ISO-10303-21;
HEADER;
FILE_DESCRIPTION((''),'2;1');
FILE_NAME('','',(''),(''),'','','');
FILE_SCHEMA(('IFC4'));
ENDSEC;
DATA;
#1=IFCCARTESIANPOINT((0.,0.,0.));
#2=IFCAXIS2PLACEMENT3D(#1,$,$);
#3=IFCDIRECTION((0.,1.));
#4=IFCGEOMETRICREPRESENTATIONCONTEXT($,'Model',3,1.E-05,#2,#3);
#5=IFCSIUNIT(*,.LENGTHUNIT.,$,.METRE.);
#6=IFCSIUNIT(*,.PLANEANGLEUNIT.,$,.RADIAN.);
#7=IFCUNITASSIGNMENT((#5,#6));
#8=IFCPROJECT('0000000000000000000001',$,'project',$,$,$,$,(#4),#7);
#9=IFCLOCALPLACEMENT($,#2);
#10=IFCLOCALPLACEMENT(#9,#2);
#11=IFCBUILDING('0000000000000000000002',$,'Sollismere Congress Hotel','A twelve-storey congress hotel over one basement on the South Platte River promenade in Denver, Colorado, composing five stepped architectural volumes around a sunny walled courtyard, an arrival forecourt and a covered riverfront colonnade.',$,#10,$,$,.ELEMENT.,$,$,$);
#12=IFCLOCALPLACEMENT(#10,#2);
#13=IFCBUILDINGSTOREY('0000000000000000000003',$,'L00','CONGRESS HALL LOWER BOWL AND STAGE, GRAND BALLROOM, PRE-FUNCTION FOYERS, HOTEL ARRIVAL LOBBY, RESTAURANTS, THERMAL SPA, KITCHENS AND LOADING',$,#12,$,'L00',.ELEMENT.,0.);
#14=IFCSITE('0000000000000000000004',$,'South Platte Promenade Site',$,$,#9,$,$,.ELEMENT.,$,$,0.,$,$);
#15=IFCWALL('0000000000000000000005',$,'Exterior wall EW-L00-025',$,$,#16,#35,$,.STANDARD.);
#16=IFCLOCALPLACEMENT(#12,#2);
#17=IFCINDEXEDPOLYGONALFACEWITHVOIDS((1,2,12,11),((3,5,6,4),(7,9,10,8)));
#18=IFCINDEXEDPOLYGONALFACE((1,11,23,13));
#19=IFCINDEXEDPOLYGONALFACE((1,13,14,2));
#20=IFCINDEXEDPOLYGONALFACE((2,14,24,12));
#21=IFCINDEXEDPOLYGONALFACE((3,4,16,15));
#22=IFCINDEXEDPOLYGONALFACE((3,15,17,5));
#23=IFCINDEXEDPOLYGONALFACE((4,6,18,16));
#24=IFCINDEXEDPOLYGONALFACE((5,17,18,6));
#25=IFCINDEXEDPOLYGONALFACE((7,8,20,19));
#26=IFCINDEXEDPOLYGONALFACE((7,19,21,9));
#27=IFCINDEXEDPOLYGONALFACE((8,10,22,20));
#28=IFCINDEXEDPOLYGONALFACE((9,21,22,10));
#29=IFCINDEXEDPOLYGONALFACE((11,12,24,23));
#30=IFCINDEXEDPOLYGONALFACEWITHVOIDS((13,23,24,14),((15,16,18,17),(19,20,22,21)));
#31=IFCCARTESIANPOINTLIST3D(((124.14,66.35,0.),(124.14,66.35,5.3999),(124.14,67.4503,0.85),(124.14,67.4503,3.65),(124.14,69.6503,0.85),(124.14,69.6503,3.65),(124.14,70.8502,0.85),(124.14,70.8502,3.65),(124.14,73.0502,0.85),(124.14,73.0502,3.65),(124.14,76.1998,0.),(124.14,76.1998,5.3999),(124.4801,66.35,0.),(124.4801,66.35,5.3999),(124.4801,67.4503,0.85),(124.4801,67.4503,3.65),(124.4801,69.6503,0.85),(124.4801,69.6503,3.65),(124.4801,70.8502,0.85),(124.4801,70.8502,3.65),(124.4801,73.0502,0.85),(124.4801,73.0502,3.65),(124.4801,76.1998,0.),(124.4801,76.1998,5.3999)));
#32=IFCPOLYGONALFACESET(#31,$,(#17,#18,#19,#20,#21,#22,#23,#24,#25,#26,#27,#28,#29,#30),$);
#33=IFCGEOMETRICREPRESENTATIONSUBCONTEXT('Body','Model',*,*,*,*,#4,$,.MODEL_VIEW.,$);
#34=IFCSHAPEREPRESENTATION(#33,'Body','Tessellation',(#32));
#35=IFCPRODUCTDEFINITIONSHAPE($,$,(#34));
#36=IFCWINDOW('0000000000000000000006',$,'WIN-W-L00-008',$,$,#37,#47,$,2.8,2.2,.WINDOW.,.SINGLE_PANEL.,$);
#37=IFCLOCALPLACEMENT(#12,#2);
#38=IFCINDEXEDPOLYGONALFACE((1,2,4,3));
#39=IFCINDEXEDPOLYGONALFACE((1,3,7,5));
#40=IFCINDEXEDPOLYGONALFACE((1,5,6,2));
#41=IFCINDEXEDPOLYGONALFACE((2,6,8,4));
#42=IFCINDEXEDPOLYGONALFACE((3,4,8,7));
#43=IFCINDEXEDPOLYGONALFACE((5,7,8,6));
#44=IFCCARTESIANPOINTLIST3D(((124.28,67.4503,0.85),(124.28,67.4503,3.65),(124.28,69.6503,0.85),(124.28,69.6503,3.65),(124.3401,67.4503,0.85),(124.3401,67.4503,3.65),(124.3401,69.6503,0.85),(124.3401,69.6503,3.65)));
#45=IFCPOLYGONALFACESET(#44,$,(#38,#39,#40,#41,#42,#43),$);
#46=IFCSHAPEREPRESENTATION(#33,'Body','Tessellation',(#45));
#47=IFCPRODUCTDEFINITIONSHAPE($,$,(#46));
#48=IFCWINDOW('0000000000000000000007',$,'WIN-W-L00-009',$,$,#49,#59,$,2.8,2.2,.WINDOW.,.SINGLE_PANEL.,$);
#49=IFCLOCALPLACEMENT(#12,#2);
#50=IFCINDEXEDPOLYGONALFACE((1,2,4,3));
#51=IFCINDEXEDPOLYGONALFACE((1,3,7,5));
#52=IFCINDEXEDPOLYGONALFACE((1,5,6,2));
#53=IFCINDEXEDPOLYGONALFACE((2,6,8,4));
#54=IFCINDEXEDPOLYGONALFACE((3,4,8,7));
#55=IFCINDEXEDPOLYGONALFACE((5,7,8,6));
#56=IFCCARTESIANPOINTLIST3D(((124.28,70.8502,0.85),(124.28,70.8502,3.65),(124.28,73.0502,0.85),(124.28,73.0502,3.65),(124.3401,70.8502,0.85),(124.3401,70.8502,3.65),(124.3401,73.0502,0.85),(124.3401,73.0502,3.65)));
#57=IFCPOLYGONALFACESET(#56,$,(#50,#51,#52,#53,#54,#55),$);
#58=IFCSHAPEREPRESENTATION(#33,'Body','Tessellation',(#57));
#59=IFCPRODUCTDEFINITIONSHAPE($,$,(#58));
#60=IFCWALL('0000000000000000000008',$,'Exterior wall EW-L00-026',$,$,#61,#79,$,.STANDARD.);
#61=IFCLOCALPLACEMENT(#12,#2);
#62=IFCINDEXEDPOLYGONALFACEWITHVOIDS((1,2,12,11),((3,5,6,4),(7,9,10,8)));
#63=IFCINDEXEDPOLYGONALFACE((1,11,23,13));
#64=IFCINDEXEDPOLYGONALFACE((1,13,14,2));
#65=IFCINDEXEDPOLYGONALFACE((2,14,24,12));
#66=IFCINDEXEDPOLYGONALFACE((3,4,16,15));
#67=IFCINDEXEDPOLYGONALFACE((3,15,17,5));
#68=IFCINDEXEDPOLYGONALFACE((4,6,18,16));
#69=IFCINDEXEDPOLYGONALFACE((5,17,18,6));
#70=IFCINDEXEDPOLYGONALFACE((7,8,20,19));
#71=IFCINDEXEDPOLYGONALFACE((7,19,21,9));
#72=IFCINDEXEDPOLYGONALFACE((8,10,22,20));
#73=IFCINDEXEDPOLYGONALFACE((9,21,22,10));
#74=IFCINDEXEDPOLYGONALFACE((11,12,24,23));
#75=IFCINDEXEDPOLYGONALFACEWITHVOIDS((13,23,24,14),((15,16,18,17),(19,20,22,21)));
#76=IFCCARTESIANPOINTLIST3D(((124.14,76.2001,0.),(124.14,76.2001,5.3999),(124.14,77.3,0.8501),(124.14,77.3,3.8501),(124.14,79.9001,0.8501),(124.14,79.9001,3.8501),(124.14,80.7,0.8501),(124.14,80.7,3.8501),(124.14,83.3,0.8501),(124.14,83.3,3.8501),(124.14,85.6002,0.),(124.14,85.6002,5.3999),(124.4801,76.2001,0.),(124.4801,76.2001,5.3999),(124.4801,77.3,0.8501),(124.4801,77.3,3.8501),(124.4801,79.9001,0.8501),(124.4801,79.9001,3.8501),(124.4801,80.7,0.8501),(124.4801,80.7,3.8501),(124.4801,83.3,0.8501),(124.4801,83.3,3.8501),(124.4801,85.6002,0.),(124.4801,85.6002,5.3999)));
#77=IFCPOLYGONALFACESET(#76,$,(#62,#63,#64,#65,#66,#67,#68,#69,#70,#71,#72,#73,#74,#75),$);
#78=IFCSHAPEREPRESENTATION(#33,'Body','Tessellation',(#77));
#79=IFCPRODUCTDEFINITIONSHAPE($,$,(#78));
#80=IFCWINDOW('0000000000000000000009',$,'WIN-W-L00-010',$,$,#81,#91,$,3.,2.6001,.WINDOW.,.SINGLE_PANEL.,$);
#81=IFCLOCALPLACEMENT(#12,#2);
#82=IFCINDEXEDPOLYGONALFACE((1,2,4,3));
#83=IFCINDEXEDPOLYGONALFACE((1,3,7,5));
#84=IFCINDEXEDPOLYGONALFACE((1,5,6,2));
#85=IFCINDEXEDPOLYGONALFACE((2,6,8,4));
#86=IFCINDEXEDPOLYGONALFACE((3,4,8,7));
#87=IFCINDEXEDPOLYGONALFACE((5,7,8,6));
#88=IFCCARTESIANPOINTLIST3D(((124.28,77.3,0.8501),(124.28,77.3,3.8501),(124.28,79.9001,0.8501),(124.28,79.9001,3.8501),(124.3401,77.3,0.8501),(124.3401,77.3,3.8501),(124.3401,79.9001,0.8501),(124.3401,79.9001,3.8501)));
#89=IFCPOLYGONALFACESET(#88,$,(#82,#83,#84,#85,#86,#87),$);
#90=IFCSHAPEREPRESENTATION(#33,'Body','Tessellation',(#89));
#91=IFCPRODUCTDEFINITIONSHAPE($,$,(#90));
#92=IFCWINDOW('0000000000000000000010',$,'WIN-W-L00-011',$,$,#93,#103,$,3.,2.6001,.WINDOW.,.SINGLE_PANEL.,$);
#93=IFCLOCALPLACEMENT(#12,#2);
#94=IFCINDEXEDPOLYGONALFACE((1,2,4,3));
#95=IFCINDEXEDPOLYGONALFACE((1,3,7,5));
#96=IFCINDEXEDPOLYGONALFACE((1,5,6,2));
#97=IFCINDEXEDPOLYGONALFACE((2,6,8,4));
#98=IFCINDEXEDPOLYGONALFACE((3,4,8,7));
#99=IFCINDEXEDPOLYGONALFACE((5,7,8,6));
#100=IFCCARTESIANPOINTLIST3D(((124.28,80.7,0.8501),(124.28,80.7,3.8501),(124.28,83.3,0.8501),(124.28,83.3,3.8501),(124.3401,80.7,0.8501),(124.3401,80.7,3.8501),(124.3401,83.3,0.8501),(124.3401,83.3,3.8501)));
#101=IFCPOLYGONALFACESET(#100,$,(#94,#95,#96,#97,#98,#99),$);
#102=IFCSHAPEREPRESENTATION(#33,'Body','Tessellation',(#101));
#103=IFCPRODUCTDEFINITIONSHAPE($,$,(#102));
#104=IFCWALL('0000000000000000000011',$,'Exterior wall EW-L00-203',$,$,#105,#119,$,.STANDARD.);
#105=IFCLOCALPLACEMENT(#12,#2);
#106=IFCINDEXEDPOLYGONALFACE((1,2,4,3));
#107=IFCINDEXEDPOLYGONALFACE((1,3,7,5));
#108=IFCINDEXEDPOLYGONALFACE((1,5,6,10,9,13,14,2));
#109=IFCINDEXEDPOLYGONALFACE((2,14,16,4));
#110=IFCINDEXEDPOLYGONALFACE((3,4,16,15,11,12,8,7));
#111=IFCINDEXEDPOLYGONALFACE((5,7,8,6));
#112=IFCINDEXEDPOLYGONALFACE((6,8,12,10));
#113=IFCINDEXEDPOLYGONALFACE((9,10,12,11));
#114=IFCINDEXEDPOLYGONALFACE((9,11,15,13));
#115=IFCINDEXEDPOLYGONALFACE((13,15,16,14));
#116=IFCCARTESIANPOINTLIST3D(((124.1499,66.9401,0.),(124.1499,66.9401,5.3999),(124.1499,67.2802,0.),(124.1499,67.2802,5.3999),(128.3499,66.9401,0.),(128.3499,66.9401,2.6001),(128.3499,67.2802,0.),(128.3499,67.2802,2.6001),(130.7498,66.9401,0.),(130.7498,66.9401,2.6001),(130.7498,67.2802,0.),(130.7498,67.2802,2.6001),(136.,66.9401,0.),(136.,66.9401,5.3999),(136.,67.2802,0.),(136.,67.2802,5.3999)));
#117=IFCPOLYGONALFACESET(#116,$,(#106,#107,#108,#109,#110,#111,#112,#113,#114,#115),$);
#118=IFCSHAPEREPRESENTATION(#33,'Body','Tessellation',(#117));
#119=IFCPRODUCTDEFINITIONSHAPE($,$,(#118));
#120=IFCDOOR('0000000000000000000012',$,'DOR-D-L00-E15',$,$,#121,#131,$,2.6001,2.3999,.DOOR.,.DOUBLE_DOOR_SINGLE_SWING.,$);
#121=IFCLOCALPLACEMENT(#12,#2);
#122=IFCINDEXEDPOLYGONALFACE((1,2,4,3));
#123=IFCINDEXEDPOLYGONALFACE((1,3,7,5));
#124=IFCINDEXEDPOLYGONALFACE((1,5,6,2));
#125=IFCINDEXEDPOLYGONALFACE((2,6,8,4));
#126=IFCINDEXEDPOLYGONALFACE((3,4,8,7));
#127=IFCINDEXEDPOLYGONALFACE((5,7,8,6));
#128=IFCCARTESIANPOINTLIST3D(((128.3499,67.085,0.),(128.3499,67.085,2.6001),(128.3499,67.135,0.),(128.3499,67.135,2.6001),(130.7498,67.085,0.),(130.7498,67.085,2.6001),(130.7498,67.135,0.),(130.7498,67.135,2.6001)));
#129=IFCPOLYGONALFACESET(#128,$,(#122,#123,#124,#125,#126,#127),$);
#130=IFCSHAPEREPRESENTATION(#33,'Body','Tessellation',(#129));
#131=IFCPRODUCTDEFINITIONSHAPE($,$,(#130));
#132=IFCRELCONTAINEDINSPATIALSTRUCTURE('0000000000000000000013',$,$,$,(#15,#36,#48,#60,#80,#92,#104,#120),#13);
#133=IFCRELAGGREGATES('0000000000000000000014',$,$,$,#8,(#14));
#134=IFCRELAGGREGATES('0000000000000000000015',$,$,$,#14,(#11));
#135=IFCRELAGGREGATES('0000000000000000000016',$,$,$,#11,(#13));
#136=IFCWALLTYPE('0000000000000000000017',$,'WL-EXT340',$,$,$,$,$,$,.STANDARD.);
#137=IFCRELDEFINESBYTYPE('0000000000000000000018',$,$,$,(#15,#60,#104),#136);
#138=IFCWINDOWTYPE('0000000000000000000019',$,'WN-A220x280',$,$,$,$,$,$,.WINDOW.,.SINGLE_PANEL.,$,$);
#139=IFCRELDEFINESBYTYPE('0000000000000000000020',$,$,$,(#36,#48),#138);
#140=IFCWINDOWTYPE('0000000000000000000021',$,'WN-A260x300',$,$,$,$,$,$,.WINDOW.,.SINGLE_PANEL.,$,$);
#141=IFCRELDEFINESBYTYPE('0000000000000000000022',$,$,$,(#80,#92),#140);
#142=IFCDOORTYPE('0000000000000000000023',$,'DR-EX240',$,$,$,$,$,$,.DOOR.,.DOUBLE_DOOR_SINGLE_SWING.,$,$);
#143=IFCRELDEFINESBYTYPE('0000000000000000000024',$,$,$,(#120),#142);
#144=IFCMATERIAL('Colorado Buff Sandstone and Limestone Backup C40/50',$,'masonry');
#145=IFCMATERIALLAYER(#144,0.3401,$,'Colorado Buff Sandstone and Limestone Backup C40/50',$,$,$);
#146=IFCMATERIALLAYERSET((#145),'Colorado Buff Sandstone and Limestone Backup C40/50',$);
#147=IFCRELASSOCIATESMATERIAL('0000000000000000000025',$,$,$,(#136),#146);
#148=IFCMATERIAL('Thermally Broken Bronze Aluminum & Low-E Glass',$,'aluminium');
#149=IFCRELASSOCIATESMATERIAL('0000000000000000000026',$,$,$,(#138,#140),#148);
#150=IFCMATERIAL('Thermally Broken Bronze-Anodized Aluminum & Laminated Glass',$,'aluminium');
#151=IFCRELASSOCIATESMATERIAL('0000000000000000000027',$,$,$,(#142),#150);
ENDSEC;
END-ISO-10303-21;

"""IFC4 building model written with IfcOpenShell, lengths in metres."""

from ifc_helpers import new_model, si_unit, direction, frame, frame_2d, origin, place, context, subcontext, project, spatial, rectangle, extrude, material, layer, layer_set, type_object, element, fill, save


model = new_model("IFC4")

# Units and contexts
model_context = context("Model", 3, precision=1e-05, world=origin(), true_north=direction((0.0, 1.0)))
body_context = subcontext(model_context, "Body", "Model", "MODEL_VIEW")
ifc_project = project(units=[si_unit("LENGTHUNIT", "METRE"), si_unit("PLANEANGLEUNIT", "RADIAN")], contexts=[model_context])

# Site, building, storey
site_placement = place(None, origin())
site = spatial("IfcSite", under=ifc_project, at=site_placement, Name="South Platte Promenade Site", CompositionType="ELEMENT", RefElevation=0.0)
building_placement = place(site_placement, origin())
building = spatial("IfcBuilding", under=site, at=building_placement, Name="Sollismere Congress Hotel", Description="A twelve-storey congress hotel over one basement on the South Platte River promenade in Denver, Colorado, composing five stepped architectural volumes around a sunny walled courtyard, an arrival forecourt and a covered riverfront colonnade.", CompositionType="ELEMENT")
storey_placement = place(building_placement, origin())
storey = spatial("IfcBuildingStorey", under=building, at=storey_placement, Name="L00", Description="CONGRESS HALL LOWER BOWL AND STAGE, GRAND BALLROOM, PRE-FUNCTION FOYERS, HOTEL ARRIVAL LOBBY, RESTAURANTS, THERMAL SPA, KITCHENS AND LOADING", LongName="L00", CompositionType="ELEMENT", Elevation=0.0)

# Walls, openings, windows
ifc_material_1 = material(Name="Colorado Buff Sandstone and Limestone Backup C40/50", Category="masonry")
ifc_layer = layer(ifc_material_1, 0.3401, Name="Colorado Buff Sandstone and Limestone Backup C40/50")
ifc_layer_set = layer_set([ifc_layer], Name="Colorado Buff Sandstone and Limestone Backup C40/50")
wall_type = type_object("IfcWallType", Name="WL-EXT340", PredefinedType="STANDARD", material=ifc_layer_set)
wall_1_placement = place(storey_placement, frame((124.3101, 66.3501, 0.0), z_axis=(0.0, 0.0, 1.0), x_axis=(0.0, 1.0, 0.0)))
wall_1 = element("IfcWall", 1, at=wall_1_placement, inside=storey, type_object=wall_type, Name="Exterior wall EW-L00-025", PredefinedType="STANDARD", context=body_context, shape_type="SweptSolid", body=[
    extrude(rectangle(XDim=9.8499, YDim=0.3401, at=frame_2d((4.9248, 0.0))), origin(), (0.0, 0.0, 1.0), 5.3999),
])
opening_1_placement = place(wall_1_placement, frame((1.1001, 0.0, 0.8501)))
opening_1 = element("IfcOpeningElement", 2, at=opening_1_placement, cuts=wall_1, PredefinedType="OPENING", context=body_context, shape_type="SweptSolid", body=[
    extrude(rectangle(XDim=2.2, YDim=2.8, at=frame_2d((1.1001, 1.3999))), frame((0.0, 0.1799, 0.0), z_axis=(0.0, -1.0, 0.0), x_axis=(1.0, 0.0, 0.0)), (0.0, 0.0, 1.0), 0.3601),
])
opening_2_placement = place(wall_1_placement, frame((4.5, 0.0, 0.8501)))
opening_2 = element("IfcOpeningElement", 3, at=opening_2_placement, cuts=wall_1, PredefinedType="OPENING", context=body_context, shape_type="SweptSolid", body=[
    extrude(rectangle(XDim=2.2, YDim=2.8, at=frame_2d((1.1001, 1.3999))), frame((0.0, 0.1799, 0.0), z_axis=(0.0, -1.0, 0.0), x_axis=(1.0, 0.0, 0.0)), (0.0, 0.0, 1.0), 0.3601),
])
ifc_material_2 = material(Name="Thermally Broken Bronze Aluminum & Low-E Glass", Category="aluminium")
window_type_1 = type_object("IfcWindowType", Name="WN-A220x280", PartitioningType="SINGLE_PANEL", PredefinedType="WINDOW", material=ifc_material_2)
window_1_placement = place(opening_1_placement, origin())
window_1 = element("IfcWindow", 4, at=window_1_placement, inside=storey, type_object=window_type_1, Name="WIN-W-L00-008", OverallHeight=2.8, OverallWidth=2.2, PartitioningType="SINGLE_PANEL", PredefinedType="WINDOW", context=body_context, shape_type="SweptSolid", body=[
    extrude(rectangle(XDim=2.2, YDim=2.8, at=frame_2d((1.1001, 1.3999))), frame((0.0, 0.03, 0.0), z_axis=(0.0, -1.0, 0.0), x_axis=(1.0, 0.0, 0.0)), (0.0, 0.0, 1.0), 0.0601),
])
fill(opening_1, window_1)
window_2_placement = place(opening_2_placement, origin())
window_2 = element("IfcWindow", 5, at=window_2_placement, inside=storey, type_object=window_type_1, Name="WIN-W-L00-009", OverallHeight=2.8, OverallWidth=2.2, PartitioningType="SINGLE_PANEL", PredefinedType="WINDOW", context=body_context, shape_type="SweptSolid", body=[
    extrude(rectangle(XDim=2.2, YDim=2.8, at=frame_2d((1.1001, 1.3999))), frame((0.0, 0.03, 0.0), z_axis=(0.0, -1.0, 0.0), x_axis=(1.0, 0.0, 0.0)), (0.0, 0.0, 1.0), 0.0601),
])
fill(opening_2, window_2)
wall_2_placement = place(storey_placement, frame((124.3101, 76.2, 0.0), z_axis=(0.0, 0.0, 1.0), x_axis=(0.0, 1.0, 0.0)))
wall_2 = element("IfcWall", 6, at=wall_2_placement, inside=storey, type_object=wall_type, Name="Exterior wall EW-L00-026", PredefinedType="STANDARD", context=body_context, shape_type="SweptSolid", body=[
    extrude(rectangle(XDim=9.4001, YDim=0.3401, at=frame_2d((4.7002, 0.0))), origin(), (0.0, 0.0, 1.0), 5.3999),
])
opening_3_placement = place(wall_2_placement, frame((1.1001, 0.0, 0.8501)))
opening_3 = element("IfcOpeningElement", 7, at=opening_3_placement, cuts=wall_2, PredefinedType="OPENING", context=body_context, shape_type="SweptSolid", body=[
    extrude(rectangle(XDim=2.6001, YDim=3.0, at=frame_2d((1.3, 1.5))), frame((0.0, 0.1799, 0.0), z_axis=(0.0, -1.0, 0.0), x_axis=(1.0, 0.0, 0.0)), (0.0, 0.0, 1.0), 0.3601),
])
opening_4_placement = place(wall_2_placement, frame((4.5, 0.0, 0.8501)))
opening_4 = element("IfcOpeningElement", 8, at=opening_4_placement, cuts=wall_2, PredefinedType="OPENING", context=body_context, shape_type="SweptSolid", body=[
    extrude(rectangle(XDim=2.6001, YDim=3.0, at=frame_2d((1.3, 1.5))), frame((0.0, 0.1799, 0.0), z_axis=(0.0, -1.0, 0.0), x_axis=(1.0, 0.0, 0.0)), (0.0, 0.0, 1.0), 0.3601),
])
window_type_2 = type_object("IfcWindowType", Name="WN-A260x300", PartitioningType="SINGLE_PANEL", PredefinedType="WINDOW", material=ifc_material_2)
window_3_placement = place(opening_3_placement, origin())
window_3 = element("IfcWindow", 9, at=window_3_placement, inside=storey, type_object=window_type_2, Name="WIN-W-L00-010", OverallHeight=3.0, OverallWidth=2.6001, PartitioningType="SINGLE_PANEL", PredefinedType="WINDOW", context=body_context, shape_type="SweptSolid", body=[
    extrude(rectangle(XDim=2.6001, YDim=3.0, at=frame_2d((1.3, 1.5))), frame((0.0, 0.03, 0.0), z_axis=(0.0, -1.0, 0.0), x_axis=(1.0, 0.0, 0.0)), (0.0, 0.0, 1.0), 0.0601),
])
fill(opening_3, window_3)
window_4_placement = place(opening_4_placement, origin())
window_4 = element("IfcWindow", 10, at=window_4_placement, inside=storey, type_object=window_type_2, Name="WIN-W-L00-011", OverallHeight=3.0, OverallWidth=2.6001, PartitioningType="SINGLE_PANEL", PredefinedType="WINDOW", context=body_context, shape_type="SweptSolid", body=[
    extrude(rectangle(XDim=2.6001, YDim=3.0, at=frame_2d((1.3, 1.5))), frame((0.0, 0.03, 0.0), z_axis=(0.0, -1.0, 0.0), x_axis=(1.0, 0.0, 0.0)), (0.0, 0.0, 1.0), 0.0601),
])
fill(opening_4, window_4)

# Wall, opening, door
wall_3_placement = place(storey_placement, frame((124.1499, 67.1101, 0.0), z_axis=(0.0, 0.0, 1.0), x_axis=(1.0, 0.0, 0.0)))
wall_3 = element("IfcWall", 11, at=wall_3_placement, inside=storey, type_object=wall_type, Name="Exterior wall EW-L00-203", PredefinedType="STANDARD", context=body_context, shape_type="SweptSolid", body=[
    extrude(rectangle(XDim=11.8501, YDim=0.3401, at=frame_2d((5.925, 0.0))), origin(), (0.0, 0.0, 1.0), 5.3999),
])
opening_5_placement = place(wall_3_placement, frame((4.2, 0.0, 0.0)))
opening_5 = element("IfcOpeningElement", 12, at=opening_5_placement, cuts=wall_3, PredefinedType="OPENING", context=body_context, shape_type="SweptSolid", body=[
    extrude(rectangle(XDim=2.3999, YDim=2.6001, at=frame_2d((1.2, 1.3))), frame((0.0, 0.1799, 0.0), z_axis=(0.0, -1.0, 0.0), x_axis=(1.0, 0.0, 0.0)), (0.0, 0.0, 1.0), 0.3601),
])
ifc_material_3 = material(Name="Thermally Broken Bronze-Anodized Aluminum & Laminated Glass", Category="aluminium")
door_type = type_object("IfcDoorType", Name="DR-EX240", OperationType="DOUBLE_DOOR_SINGLE_SWING", PredefinedType="DOOR", material=ifc_material_3)
door_placement = place(opening_5_placement, origin())
door = element("IfcDoor", 13, at=door_placement, inside=storey, type_object=door_type, Name="DOR-D-L00-E15", OperationType="DOUBLE_DOOR_SINGLE_SWING", OverallHeight=2.6001, OverallWidth=2.3999, PredefinedType="DOOR", context=body_context, shape_type="SweptSolid", body=[
    extrude(rectangle(XDim=2.3999, YDim=2.6001, at=frame_2d((1.2, 1.3))), frame((0.0, 0.0249, 0.0), z_axis=(0.0, -1.0, 0.0), x_axis=(1.0, 0.0, 0.0)), (0.0, 0.0, 1.0), 0.05),
])
fill(opening_5, door)

save(model, "model.ifc")
